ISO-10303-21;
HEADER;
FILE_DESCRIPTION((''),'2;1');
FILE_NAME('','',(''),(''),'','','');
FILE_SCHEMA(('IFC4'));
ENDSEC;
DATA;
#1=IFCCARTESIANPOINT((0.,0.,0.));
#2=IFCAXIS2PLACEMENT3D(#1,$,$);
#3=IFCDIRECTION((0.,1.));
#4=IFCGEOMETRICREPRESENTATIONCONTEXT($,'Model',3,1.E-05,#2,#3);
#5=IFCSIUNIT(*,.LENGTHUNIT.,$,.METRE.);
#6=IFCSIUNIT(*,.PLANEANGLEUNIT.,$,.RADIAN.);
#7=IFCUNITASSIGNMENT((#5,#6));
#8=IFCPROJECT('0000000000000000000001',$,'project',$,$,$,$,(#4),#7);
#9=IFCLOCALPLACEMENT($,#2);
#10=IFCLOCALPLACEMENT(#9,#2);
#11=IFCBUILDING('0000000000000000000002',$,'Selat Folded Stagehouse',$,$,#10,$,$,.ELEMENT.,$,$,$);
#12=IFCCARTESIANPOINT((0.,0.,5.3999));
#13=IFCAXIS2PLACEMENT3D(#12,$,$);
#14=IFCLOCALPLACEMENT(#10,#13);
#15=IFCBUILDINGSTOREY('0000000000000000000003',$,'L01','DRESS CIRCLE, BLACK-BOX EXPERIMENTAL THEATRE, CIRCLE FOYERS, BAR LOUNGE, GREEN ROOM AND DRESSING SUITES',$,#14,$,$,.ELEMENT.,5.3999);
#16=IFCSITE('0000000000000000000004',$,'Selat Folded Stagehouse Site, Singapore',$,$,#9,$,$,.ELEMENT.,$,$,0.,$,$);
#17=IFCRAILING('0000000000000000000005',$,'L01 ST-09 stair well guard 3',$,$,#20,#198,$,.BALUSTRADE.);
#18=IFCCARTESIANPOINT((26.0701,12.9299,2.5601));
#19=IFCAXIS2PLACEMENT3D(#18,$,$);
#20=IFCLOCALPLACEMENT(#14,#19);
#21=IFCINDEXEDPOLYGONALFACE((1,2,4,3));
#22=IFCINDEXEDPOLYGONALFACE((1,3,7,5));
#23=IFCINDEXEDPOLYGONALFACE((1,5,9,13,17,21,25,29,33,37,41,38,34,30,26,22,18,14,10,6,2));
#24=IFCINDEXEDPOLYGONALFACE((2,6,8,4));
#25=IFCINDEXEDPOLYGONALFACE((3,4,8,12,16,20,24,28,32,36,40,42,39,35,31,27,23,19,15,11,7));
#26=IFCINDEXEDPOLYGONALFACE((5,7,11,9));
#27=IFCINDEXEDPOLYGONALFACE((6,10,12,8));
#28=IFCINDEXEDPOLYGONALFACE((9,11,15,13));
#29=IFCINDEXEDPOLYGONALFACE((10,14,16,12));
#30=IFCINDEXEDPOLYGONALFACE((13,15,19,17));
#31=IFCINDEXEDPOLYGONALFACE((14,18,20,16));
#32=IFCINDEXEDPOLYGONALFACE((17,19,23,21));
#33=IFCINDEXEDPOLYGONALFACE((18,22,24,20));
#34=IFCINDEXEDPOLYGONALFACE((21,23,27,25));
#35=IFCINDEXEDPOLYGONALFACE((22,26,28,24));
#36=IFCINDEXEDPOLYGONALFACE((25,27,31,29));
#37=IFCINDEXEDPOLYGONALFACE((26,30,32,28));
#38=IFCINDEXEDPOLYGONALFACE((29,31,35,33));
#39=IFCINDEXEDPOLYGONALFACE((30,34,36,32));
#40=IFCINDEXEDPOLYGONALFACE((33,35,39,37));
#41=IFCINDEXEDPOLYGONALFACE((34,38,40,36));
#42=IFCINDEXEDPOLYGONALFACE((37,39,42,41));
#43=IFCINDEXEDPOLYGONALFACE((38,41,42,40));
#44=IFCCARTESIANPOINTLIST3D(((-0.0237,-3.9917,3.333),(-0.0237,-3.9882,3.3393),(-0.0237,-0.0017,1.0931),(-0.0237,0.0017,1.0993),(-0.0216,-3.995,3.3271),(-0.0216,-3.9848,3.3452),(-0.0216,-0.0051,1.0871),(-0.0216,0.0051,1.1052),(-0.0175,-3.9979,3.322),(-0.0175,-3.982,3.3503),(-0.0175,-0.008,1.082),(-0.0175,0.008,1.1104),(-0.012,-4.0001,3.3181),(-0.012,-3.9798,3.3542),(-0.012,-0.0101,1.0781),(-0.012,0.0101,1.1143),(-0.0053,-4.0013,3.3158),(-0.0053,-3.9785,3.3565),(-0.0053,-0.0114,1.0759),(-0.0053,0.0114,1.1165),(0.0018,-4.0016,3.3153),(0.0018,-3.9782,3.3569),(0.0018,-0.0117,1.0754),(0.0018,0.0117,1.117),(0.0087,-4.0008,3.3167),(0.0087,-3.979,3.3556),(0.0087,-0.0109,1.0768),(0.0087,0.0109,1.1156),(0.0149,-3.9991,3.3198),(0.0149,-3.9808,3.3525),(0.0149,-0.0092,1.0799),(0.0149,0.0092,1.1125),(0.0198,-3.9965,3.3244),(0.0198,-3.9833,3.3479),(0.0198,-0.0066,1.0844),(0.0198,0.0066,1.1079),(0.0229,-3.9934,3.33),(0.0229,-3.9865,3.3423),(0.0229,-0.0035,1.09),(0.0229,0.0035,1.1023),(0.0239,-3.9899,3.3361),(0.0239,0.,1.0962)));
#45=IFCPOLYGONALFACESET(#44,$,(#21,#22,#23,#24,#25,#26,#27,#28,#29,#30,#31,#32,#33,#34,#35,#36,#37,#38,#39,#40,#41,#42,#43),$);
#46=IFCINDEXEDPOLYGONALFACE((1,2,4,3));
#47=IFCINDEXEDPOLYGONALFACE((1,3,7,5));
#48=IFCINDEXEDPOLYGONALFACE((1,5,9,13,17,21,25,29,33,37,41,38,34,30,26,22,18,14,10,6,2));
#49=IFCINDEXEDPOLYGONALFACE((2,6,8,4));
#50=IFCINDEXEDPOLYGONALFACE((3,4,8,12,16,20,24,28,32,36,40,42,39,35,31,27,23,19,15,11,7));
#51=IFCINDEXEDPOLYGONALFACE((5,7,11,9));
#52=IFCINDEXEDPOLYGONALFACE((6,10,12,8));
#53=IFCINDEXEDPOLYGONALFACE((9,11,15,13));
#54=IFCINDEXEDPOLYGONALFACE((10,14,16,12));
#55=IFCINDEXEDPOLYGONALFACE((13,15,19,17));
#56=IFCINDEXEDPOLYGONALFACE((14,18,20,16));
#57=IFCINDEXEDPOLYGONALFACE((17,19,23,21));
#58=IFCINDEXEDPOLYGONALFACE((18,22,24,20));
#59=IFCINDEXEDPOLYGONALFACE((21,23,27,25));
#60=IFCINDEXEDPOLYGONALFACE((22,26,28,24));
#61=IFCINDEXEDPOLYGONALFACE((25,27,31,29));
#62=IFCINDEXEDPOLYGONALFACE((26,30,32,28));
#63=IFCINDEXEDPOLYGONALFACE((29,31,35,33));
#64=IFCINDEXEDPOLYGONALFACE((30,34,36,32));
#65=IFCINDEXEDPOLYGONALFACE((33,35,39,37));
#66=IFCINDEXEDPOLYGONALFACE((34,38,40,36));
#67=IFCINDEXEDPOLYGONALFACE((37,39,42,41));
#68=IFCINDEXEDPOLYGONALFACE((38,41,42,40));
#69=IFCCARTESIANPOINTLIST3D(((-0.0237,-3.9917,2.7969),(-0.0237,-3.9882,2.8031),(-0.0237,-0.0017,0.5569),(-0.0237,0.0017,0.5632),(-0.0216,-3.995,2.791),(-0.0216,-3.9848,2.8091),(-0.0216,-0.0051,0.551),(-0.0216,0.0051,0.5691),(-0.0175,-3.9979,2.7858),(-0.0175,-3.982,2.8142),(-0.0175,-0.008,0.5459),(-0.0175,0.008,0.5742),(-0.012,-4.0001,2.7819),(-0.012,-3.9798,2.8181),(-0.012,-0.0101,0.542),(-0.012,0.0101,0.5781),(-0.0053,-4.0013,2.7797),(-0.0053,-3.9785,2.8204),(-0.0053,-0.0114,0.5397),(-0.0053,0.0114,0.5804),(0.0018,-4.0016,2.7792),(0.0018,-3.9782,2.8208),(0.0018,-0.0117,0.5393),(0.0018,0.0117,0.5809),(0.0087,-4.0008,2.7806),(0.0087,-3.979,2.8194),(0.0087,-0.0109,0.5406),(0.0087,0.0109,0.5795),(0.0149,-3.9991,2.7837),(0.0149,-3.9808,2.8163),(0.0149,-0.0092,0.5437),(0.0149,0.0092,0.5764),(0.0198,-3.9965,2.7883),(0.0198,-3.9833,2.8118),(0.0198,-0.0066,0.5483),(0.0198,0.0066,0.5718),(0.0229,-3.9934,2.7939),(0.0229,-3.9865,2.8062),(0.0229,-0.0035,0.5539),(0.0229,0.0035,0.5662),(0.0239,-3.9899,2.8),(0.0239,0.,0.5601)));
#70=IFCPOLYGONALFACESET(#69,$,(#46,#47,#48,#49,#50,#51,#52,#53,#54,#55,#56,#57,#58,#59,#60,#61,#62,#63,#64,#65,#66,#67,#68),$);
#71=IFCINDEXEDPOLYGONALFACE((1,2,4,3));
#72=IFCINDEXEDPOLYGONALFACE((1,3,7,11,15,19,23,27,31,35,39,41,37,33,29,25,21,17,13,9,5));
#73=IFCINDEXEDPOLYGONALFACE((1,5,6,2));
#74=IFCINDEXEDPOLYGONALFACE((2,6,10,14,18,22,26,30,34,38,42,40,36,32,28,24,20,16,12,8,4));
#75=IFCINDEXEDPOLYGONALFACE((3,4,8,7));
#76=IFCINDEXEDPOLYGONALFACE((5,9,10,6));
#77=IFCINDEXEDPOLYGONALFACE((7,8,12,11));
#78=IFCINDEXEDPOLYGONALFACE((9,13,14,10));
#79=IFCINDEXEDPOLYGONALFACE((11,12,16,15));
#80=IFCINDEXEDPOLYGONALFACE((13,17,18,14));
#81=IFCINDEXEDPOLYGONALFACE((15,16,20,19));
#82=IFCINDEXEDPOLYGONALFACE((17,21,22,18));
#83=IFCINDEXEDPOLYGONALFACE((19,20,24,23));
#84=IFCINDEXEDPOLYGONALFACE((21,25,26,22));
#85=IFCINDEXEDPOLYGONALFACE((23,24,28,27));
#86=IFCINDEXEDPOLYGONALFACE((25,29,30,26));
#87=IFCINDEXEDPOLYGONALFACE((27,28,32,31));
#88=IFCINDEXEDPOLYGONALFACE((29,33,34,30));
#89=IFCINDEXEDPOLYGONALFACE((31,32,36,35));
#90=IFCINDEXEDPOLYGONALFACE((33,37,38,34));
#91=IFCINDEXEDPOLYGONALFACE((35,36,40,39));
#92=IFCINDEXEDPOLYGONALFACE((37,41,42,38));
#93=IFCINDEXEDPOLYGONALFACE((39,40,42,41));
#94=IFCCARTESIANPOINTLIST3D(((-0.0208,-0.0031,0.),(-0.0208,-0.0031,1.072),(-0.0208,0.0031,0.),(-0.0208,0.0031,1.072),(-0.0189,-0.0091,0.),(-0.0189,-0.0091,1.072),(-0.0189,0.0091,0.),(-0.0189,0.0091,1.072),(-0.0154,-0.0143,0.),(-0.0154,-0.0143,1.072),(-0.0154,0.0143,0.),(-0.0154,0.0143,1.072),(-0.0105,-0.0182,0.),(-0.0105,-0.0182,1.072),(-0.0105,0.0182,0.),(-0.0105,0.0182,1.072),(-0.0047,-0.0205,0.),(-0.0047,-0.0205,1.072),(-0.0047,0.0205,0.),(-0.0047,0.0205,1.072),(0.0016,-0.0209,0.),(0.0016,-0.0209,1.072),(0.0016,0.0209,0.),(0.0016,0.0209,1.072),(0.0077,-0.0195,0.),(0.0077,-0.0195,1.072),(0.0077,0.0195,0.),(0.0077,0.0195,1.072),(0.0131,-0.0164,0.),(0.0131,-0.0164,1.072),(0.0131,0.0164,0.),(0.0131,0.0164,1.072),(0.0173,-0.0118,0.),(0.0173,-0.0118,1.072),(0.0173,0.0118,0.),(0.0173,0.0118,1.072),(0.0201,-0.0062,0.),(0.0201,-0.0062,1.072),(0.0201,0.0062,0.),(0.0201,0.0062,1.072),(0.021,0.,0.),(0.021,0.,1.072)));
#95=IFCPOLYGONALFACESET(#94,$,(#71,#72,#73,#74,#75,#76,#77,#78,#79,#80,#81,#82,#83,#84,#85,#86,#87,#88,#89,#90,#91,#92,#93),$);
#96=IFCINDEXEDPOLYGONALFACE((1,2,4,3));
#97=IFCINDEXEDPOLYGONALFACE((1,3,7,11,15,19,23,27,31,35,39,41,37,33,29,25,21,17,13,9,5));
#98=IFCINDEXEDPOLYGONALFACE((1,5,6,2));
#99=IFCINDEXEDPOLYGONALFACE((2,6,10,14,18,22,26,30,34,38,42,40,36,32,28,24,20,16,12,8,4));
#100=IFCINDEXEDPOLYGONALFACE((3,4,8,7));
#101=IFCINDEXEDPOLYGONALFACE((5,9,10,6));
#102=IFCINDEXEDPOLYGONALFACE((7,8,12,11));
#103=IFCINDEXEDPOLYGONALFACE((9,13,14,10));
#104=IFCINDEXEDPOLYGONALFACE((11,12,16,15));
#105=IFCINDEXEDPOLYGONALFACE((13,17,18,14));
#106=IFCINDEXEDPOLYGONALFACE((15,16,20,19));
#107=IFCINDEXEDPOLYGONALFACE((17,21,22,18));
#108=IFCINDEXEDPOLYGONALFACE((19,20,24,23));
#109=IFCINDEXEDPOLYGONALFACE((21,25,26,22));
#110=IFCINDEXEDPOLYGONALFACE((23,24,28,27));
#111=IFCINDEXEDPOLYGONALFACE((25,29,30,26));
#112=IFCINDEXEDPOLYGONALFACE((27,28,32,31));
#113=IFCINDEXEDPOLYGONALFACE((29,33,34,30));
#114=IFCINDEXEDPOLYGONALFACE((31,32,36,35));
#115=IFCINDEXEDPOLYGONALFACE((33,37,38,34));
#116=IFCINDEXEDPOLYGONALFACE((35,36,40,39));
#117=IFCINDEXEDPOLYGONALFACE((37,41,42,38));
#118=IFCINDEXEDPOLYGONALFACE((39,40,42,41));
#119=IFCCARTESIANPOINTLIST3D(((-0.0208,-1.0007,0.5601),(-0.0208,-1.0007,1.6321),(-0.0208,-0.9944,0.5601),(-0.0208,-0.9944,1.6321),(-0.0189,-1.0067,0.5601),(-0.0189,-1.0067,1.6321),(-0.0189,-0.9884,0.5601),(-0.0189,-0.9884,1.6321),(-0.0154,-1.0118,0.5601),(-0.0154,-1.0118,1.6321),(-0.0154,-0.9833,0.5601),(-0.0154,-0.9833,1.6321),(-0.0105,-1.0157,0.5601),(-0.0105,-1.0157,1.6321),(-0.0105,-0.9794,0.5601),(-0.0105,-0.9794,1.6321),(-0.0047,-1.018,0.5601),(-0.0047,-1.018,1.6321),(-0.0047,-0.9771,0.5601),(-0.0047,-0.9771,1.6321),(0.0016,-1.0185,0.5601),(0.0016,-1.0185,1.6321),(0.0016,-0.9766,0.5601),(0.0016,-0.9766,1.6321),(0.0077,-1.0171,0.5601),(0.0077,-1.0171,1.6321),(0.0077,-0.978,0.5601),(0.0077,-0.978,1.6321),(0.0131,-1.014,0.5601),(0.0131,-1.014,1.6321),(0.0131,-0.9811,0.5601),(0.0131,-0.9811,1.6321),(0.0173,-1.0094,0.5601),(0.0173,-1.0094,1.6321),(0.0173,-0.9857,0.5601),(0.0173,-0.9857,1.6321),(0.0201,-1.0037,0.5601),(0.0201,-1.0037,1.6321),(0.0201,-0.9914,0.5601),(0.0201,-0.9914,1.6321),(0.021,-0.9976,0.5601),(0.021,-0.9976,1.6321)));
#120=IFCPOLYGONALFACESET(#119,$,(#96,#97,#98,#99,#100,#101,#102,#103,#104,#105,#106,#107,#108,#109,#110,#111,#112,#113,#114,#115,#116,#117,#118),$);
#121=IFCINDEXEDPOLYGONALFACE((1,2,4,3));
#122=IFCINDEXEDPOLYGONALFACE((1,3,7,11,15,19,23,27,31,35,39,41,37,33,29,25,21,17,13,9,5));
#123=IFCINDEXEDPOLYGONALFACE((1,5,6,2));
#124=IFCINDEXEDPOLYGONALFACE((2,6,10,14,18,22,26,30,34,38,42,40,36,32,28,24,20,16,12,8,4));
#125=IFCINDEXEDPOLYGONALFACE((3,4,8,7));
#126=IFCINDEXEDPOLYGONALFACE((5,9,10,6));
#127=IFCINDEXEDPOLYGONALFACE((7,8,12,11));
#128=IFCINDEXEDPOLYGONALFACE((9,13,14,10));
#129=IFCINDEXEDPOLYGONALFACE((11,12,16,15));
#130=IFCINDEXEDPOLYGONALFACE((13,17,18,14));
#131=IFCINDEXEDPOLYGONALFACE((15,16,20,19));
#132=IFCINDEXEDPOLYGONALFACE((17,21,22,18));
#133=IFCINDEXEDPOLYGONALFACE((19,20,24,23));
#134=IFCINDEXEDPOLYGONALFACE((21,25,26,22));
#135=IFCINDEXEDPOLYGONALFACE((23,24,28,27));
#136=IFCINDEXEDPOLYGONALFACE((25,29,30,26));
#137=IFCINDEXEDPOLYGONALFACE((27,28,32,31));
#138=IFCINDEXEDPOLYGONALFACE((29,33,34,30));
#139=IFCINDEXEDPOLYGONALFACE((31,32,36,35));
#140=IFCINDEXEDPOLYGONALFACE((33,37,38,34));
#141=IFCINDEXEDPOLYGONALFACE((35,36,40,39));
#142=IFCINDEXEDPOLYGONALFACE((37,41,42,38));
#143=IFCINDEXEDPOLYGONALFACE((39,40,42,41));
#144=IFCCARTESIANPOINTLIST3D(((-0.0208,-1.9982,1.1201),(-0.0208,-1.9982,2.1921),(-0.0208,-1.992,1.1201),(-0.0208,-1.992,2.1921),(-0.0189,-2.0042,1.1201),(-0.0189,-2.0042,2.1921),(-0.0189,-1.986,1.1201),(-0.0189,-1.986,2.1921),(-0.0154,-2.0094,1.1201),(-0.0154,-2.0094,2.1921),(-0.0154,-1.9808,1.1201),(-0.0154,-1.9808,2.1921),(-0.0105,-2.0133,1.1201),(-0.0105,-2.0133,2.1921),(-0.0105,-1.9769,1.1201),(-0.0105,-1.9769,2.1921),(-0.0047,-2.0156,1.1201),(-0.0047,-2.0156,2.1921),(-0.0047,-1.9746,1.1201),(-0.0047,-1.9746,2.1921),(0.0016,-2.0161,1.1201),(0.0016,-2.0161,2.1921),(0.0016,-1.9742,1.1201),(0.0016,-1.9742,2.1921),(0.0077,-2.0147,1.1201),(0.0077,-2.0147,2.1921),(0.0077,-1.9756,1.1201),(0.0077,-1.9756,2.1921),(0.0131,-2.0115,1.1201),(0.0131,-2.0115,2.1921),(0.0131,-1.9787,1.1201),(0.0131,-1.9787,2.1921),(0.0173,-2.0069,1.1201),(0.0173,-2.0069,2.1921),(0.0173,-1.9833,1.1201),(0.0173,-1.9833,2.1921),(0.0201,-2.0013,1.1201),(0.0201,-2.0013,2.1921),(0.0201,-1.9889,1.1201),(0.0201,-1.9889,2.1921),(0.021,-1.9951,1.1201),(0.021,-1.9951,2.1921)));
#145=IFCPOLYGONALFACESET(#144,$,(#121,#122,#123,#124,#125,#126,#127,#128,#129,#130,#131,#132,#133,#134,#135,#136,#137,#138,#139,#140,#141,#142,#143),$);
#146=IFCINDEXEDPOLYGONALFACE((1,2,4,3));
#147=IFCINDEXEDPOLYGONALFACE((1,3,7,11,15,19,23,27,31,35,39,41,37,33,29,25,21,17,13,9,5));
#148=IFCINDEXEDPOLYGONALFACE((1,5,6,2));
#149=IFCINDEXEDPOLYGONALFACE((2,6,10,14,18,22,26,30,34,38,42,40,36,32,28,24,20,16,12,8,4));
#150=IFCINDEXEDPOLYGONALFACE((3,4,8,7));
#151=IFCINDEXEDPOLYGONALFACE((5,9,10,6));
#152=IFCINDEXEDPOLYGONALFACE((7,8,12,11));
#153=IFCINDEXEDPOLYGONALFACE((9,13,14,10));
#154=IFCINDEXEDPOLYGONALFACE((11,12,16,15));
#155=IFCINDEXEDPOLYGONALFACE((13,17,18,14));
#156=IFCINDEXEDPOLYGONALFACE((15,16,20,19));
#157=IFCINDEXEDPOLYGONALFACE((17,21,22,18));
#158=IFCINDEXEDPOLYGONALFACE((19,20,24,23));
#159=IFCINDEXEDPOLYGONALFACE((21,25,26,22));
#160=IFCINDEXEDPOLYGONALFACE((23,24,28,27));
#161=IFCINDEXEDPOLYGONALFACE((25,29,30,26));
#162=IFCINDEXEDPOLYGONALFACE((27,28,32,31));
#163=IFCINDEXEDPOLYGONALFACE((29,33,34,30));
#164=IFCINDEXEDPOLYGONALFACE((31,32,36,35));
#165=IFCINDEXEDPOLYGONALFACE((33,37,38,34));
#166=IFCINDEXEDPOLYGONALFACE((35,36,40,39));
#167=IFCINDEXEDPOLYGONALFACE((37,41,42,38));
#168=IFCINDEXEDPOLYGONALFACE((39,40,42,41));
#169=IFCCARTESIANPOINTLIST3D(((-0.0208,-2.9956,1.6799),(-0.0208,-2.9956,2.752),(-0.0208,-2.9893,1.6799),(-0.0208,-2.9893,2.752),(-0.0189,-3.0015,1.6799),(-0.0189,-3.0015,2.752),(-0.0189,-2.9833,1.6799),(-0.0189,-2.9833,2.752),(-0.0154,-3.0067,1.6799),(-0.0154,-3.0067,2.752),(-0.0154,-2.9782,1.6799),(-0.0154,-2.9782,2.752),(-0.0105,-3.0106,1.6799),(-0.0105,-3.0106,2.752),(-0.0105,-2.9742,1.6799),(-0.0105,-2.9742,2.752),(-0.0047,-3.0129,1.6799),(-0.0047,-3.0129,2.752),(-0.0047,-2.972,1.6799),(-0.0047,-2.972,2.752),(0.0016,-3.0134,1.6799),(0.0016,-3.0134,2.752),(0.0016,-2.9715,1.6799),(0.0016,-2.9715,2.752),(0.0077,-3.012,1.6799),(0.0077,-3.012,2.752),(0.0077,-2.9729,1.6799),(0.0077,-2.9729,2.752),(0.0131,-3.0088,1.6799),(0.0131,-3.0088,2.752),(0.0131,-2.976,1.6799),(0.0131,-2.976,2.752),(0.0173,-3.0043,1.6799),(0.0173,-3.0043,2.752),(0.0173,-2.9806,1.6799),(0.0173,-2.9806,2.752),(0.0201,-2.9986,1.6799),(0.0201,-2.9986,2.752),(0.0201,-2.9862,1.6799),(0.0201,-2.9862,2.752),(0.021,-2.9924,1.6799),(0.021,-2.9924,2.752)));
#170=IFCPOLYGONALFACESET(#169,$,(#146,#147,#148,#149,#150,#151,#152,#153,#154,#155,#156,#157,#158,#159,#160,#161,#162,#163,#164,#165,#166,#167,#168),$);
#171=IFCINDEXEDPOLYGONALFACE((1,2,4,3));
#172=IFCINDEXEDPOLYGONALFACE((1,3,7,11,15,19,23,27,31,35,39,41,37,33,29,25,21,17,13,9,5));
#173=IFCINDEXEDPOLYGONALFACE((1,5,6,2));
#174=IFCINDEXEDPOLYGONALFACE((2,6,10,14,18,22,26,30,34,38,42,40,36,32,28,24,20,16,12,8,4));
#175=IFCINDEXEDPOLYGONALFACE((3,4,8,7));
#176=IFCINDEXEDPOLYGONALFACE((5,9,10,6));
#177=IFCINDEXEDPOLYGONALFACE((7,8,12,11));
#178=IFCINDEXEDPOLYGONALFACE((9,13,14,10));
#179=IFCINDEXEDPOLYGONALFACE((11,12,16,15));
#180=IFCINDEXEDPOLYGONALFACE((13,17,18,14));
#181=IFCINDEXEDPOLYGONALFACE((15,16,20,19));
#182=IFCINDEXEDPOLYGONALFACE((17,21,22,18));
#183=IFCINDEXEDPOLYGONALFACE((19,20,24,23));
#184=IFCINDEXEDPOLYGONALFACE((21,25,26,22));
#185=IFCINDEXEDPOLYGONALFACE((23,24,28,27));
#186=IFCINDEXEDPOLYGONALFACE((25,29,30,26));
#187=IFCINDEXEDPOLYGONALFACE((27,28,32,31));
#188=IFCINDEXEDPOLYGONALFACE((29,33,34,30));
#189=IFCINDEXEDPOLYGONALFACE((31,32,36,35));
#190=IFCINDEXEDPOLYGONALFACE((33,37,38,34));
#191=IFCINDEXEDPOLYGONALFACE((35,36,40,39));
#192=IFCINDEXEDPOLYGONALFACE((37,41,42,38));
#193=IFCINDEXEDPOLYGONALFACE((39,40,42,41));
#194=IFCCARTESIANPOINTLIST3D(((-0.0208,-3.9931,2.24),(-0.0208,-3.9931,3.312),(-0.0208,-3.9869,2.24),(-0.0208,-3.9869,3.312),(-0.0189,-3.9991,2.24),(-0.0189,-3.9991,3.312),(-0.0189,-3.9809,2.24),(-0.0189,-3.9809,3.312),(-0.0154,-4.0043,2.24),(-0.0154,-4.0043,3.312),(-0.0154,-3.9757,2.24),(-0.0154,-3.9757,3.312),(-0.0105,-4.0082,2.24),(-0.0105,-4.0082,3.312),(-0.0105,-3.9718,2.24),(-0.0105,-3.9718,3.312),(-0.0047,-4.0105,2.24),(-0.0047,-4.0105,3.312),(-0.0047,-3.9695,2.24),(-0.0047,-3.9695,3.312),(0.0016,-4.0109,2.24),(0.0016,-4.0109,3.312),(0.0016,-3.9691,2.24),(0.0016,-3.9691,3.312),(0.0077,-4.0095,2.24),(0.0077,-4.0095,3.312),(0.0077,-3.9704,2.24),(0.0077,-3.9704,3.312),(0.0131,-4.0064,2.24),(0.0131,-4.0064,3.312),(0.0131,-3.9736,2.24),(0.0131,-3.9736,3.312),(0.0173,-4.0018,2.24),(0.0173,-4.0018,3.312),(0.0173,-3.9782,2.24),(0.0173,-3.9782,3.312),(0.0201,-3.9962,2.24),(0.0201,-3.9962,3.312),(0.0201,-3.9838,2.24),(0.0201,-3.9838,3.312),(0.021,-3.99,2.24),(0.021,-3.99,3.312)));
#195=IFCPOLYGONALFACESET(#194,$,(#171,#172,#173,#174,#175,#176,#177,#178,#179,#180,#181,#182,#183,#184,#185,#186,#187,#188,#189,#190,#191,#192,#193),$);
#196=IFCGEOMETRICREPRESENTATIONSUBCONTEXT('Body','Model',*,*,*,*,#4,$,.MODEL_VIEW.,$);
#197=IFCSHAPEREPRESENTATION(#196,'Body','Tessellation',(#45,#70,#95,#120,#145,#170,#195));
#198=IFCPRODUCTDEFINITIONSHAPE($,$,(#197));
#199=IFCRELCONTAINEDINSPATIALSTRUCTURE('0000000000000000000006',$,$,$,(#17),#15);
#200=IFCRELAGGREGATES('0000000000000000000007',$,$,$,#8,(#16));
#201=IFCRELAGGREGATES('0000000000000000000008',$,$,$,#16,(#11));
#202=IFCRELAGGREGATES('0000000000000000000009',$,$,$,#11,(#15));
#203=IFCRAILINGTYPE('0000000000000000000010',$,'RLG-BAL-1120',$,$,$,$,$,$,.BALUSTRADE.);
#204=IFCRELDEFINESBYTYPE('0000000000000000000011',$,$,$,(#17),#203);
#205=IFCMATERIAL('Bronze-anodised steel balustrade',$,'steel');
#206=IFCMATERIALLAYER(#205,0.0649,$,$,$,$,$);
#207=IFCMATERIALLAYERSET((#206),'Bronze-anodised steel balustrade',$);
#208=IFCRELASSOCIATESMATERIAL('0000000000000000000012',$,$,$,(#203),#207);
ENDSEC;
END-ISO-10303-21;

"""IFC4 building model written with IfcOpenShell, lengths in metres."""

from ifc_helpers import new_model, si_unit, direction, frame, origin, origin_2d, place, context, subcontext, project, spatial, circle, extrude, material, layer, layer_set, type_object, element, save


model = new_model("IFC4")

# Units and contexts
model_context = context("Model", 3, precision=1e-05, world=origin(), true_north=direction((0.0, 1.0)))
body_context = subcontext(model_context, "Body", "Model", "MODEL_VIEW")
ifc_project = project(units=[si_unit("LENGTHUNIT", "METRE"), si_unit("PLANEANGLEUNIT", "RADIAN")], contexts=[model_context])

# Site, building, storey
site_placement = place(None, origin())
site = spatial("IfcSite", under=ifc_project, at=site_placement, Name="Selat Folded Stagehouse Site, Singapore", CompositionType="ELEMENT", RefElevation=0.0)
building_placement = place(site_placement, origin())
building = spatial("IfcBuilding", under=site, at=building_placement, Name="Selat Folded Stagehouse", CompositionType="ELEMENT")
storey_placement = place(building_placement, frame((0.0, 0.0, 5.3999)))
storey = spatial("IfcBuildingStorey", under=building, at=storey_placement, Name="L01", Description="DRESS CIRCLE, BLACK-BOX EXPERIMENTAL THEATRE, CIRCLE FOYERS, BAR LOUNGE, GREEN ROOM AND DRESSING SUITES", CompositionType="ELEMENT", Elevation=5.3999)

# Railing
ifc_material_1 = material(Name="Bronze-anodised steel balustrade", Category="steel")
ifc_layer_1 = layer(ifc_material_1, 0.0649)
ifc_layer_set_1 = layer_set([ifc_layer_1], Name="Bronze-anodised steel balustrade")
railing_type_1 = type_object("IfcRailingType", Name="RLG-BAL-1120", PredefinedType="BALUSTRADE", material=ifc_layer_set_1)
railing_1_placement = place(storey_placement, frame((26.0701, 12.9299, 2.5601)))
element("IfcRailing", 1, at=railing_1_placement, inside=storey, type_object=railing_type_1, Name="L01 ST-09 stair well guard 3", PredefinedType="BALUSTRADE", context=body_context, shape_type="SweptSolid", body=[
    extrude(circle(Radius=0.0239, at=origin_2d()), frame((0.0, 0.0, 1.0962), z_axis=(0.0, -0.871984, 0.489534), x_axis=(1.0, 0.0, 0.0)), (0.0, 0.0, 1.0), 4.5757),
    extrude(circle(Radius=0.0239, at=origin_2d()), frame((0.0, 0.0, 0.5601), z_axis=(0.0, -0.871984, 0.489534), x_axis=(1.0, 0.0, 0.0)), (0.0, 0.0, 1.0), 4.5757),
    extrude(circle(Radius=0.021, at=origin_2d()), origin(), (0.0, 0.0, 1.0), 1.072),
    extrude(circle(Radius=0.021, at=origin_2d()), frame((0.0, -0.9976, 0.5601)), (0.0, 0.0, 1.0), 1.072),
    extrude(circle(Radius=0.021, at=origin_2d()), frame((0.0, -1.9951, 1.1201)), (0.0, 0.0, 1.0), 1.072),
    extrude(circle(Radius=0.021, at=origin_2d()), frame((0.0, -2.9924, 1.6799)), (0.0, 0.0, 1.0), 1.072),
    extrude(circle(Radius=0.021, at=origin_2d()), frame((0.0, -3.99, 2.24)), (0.0, 0.0, 1.0), 1.072),
])

save(model, "model.ifc")
